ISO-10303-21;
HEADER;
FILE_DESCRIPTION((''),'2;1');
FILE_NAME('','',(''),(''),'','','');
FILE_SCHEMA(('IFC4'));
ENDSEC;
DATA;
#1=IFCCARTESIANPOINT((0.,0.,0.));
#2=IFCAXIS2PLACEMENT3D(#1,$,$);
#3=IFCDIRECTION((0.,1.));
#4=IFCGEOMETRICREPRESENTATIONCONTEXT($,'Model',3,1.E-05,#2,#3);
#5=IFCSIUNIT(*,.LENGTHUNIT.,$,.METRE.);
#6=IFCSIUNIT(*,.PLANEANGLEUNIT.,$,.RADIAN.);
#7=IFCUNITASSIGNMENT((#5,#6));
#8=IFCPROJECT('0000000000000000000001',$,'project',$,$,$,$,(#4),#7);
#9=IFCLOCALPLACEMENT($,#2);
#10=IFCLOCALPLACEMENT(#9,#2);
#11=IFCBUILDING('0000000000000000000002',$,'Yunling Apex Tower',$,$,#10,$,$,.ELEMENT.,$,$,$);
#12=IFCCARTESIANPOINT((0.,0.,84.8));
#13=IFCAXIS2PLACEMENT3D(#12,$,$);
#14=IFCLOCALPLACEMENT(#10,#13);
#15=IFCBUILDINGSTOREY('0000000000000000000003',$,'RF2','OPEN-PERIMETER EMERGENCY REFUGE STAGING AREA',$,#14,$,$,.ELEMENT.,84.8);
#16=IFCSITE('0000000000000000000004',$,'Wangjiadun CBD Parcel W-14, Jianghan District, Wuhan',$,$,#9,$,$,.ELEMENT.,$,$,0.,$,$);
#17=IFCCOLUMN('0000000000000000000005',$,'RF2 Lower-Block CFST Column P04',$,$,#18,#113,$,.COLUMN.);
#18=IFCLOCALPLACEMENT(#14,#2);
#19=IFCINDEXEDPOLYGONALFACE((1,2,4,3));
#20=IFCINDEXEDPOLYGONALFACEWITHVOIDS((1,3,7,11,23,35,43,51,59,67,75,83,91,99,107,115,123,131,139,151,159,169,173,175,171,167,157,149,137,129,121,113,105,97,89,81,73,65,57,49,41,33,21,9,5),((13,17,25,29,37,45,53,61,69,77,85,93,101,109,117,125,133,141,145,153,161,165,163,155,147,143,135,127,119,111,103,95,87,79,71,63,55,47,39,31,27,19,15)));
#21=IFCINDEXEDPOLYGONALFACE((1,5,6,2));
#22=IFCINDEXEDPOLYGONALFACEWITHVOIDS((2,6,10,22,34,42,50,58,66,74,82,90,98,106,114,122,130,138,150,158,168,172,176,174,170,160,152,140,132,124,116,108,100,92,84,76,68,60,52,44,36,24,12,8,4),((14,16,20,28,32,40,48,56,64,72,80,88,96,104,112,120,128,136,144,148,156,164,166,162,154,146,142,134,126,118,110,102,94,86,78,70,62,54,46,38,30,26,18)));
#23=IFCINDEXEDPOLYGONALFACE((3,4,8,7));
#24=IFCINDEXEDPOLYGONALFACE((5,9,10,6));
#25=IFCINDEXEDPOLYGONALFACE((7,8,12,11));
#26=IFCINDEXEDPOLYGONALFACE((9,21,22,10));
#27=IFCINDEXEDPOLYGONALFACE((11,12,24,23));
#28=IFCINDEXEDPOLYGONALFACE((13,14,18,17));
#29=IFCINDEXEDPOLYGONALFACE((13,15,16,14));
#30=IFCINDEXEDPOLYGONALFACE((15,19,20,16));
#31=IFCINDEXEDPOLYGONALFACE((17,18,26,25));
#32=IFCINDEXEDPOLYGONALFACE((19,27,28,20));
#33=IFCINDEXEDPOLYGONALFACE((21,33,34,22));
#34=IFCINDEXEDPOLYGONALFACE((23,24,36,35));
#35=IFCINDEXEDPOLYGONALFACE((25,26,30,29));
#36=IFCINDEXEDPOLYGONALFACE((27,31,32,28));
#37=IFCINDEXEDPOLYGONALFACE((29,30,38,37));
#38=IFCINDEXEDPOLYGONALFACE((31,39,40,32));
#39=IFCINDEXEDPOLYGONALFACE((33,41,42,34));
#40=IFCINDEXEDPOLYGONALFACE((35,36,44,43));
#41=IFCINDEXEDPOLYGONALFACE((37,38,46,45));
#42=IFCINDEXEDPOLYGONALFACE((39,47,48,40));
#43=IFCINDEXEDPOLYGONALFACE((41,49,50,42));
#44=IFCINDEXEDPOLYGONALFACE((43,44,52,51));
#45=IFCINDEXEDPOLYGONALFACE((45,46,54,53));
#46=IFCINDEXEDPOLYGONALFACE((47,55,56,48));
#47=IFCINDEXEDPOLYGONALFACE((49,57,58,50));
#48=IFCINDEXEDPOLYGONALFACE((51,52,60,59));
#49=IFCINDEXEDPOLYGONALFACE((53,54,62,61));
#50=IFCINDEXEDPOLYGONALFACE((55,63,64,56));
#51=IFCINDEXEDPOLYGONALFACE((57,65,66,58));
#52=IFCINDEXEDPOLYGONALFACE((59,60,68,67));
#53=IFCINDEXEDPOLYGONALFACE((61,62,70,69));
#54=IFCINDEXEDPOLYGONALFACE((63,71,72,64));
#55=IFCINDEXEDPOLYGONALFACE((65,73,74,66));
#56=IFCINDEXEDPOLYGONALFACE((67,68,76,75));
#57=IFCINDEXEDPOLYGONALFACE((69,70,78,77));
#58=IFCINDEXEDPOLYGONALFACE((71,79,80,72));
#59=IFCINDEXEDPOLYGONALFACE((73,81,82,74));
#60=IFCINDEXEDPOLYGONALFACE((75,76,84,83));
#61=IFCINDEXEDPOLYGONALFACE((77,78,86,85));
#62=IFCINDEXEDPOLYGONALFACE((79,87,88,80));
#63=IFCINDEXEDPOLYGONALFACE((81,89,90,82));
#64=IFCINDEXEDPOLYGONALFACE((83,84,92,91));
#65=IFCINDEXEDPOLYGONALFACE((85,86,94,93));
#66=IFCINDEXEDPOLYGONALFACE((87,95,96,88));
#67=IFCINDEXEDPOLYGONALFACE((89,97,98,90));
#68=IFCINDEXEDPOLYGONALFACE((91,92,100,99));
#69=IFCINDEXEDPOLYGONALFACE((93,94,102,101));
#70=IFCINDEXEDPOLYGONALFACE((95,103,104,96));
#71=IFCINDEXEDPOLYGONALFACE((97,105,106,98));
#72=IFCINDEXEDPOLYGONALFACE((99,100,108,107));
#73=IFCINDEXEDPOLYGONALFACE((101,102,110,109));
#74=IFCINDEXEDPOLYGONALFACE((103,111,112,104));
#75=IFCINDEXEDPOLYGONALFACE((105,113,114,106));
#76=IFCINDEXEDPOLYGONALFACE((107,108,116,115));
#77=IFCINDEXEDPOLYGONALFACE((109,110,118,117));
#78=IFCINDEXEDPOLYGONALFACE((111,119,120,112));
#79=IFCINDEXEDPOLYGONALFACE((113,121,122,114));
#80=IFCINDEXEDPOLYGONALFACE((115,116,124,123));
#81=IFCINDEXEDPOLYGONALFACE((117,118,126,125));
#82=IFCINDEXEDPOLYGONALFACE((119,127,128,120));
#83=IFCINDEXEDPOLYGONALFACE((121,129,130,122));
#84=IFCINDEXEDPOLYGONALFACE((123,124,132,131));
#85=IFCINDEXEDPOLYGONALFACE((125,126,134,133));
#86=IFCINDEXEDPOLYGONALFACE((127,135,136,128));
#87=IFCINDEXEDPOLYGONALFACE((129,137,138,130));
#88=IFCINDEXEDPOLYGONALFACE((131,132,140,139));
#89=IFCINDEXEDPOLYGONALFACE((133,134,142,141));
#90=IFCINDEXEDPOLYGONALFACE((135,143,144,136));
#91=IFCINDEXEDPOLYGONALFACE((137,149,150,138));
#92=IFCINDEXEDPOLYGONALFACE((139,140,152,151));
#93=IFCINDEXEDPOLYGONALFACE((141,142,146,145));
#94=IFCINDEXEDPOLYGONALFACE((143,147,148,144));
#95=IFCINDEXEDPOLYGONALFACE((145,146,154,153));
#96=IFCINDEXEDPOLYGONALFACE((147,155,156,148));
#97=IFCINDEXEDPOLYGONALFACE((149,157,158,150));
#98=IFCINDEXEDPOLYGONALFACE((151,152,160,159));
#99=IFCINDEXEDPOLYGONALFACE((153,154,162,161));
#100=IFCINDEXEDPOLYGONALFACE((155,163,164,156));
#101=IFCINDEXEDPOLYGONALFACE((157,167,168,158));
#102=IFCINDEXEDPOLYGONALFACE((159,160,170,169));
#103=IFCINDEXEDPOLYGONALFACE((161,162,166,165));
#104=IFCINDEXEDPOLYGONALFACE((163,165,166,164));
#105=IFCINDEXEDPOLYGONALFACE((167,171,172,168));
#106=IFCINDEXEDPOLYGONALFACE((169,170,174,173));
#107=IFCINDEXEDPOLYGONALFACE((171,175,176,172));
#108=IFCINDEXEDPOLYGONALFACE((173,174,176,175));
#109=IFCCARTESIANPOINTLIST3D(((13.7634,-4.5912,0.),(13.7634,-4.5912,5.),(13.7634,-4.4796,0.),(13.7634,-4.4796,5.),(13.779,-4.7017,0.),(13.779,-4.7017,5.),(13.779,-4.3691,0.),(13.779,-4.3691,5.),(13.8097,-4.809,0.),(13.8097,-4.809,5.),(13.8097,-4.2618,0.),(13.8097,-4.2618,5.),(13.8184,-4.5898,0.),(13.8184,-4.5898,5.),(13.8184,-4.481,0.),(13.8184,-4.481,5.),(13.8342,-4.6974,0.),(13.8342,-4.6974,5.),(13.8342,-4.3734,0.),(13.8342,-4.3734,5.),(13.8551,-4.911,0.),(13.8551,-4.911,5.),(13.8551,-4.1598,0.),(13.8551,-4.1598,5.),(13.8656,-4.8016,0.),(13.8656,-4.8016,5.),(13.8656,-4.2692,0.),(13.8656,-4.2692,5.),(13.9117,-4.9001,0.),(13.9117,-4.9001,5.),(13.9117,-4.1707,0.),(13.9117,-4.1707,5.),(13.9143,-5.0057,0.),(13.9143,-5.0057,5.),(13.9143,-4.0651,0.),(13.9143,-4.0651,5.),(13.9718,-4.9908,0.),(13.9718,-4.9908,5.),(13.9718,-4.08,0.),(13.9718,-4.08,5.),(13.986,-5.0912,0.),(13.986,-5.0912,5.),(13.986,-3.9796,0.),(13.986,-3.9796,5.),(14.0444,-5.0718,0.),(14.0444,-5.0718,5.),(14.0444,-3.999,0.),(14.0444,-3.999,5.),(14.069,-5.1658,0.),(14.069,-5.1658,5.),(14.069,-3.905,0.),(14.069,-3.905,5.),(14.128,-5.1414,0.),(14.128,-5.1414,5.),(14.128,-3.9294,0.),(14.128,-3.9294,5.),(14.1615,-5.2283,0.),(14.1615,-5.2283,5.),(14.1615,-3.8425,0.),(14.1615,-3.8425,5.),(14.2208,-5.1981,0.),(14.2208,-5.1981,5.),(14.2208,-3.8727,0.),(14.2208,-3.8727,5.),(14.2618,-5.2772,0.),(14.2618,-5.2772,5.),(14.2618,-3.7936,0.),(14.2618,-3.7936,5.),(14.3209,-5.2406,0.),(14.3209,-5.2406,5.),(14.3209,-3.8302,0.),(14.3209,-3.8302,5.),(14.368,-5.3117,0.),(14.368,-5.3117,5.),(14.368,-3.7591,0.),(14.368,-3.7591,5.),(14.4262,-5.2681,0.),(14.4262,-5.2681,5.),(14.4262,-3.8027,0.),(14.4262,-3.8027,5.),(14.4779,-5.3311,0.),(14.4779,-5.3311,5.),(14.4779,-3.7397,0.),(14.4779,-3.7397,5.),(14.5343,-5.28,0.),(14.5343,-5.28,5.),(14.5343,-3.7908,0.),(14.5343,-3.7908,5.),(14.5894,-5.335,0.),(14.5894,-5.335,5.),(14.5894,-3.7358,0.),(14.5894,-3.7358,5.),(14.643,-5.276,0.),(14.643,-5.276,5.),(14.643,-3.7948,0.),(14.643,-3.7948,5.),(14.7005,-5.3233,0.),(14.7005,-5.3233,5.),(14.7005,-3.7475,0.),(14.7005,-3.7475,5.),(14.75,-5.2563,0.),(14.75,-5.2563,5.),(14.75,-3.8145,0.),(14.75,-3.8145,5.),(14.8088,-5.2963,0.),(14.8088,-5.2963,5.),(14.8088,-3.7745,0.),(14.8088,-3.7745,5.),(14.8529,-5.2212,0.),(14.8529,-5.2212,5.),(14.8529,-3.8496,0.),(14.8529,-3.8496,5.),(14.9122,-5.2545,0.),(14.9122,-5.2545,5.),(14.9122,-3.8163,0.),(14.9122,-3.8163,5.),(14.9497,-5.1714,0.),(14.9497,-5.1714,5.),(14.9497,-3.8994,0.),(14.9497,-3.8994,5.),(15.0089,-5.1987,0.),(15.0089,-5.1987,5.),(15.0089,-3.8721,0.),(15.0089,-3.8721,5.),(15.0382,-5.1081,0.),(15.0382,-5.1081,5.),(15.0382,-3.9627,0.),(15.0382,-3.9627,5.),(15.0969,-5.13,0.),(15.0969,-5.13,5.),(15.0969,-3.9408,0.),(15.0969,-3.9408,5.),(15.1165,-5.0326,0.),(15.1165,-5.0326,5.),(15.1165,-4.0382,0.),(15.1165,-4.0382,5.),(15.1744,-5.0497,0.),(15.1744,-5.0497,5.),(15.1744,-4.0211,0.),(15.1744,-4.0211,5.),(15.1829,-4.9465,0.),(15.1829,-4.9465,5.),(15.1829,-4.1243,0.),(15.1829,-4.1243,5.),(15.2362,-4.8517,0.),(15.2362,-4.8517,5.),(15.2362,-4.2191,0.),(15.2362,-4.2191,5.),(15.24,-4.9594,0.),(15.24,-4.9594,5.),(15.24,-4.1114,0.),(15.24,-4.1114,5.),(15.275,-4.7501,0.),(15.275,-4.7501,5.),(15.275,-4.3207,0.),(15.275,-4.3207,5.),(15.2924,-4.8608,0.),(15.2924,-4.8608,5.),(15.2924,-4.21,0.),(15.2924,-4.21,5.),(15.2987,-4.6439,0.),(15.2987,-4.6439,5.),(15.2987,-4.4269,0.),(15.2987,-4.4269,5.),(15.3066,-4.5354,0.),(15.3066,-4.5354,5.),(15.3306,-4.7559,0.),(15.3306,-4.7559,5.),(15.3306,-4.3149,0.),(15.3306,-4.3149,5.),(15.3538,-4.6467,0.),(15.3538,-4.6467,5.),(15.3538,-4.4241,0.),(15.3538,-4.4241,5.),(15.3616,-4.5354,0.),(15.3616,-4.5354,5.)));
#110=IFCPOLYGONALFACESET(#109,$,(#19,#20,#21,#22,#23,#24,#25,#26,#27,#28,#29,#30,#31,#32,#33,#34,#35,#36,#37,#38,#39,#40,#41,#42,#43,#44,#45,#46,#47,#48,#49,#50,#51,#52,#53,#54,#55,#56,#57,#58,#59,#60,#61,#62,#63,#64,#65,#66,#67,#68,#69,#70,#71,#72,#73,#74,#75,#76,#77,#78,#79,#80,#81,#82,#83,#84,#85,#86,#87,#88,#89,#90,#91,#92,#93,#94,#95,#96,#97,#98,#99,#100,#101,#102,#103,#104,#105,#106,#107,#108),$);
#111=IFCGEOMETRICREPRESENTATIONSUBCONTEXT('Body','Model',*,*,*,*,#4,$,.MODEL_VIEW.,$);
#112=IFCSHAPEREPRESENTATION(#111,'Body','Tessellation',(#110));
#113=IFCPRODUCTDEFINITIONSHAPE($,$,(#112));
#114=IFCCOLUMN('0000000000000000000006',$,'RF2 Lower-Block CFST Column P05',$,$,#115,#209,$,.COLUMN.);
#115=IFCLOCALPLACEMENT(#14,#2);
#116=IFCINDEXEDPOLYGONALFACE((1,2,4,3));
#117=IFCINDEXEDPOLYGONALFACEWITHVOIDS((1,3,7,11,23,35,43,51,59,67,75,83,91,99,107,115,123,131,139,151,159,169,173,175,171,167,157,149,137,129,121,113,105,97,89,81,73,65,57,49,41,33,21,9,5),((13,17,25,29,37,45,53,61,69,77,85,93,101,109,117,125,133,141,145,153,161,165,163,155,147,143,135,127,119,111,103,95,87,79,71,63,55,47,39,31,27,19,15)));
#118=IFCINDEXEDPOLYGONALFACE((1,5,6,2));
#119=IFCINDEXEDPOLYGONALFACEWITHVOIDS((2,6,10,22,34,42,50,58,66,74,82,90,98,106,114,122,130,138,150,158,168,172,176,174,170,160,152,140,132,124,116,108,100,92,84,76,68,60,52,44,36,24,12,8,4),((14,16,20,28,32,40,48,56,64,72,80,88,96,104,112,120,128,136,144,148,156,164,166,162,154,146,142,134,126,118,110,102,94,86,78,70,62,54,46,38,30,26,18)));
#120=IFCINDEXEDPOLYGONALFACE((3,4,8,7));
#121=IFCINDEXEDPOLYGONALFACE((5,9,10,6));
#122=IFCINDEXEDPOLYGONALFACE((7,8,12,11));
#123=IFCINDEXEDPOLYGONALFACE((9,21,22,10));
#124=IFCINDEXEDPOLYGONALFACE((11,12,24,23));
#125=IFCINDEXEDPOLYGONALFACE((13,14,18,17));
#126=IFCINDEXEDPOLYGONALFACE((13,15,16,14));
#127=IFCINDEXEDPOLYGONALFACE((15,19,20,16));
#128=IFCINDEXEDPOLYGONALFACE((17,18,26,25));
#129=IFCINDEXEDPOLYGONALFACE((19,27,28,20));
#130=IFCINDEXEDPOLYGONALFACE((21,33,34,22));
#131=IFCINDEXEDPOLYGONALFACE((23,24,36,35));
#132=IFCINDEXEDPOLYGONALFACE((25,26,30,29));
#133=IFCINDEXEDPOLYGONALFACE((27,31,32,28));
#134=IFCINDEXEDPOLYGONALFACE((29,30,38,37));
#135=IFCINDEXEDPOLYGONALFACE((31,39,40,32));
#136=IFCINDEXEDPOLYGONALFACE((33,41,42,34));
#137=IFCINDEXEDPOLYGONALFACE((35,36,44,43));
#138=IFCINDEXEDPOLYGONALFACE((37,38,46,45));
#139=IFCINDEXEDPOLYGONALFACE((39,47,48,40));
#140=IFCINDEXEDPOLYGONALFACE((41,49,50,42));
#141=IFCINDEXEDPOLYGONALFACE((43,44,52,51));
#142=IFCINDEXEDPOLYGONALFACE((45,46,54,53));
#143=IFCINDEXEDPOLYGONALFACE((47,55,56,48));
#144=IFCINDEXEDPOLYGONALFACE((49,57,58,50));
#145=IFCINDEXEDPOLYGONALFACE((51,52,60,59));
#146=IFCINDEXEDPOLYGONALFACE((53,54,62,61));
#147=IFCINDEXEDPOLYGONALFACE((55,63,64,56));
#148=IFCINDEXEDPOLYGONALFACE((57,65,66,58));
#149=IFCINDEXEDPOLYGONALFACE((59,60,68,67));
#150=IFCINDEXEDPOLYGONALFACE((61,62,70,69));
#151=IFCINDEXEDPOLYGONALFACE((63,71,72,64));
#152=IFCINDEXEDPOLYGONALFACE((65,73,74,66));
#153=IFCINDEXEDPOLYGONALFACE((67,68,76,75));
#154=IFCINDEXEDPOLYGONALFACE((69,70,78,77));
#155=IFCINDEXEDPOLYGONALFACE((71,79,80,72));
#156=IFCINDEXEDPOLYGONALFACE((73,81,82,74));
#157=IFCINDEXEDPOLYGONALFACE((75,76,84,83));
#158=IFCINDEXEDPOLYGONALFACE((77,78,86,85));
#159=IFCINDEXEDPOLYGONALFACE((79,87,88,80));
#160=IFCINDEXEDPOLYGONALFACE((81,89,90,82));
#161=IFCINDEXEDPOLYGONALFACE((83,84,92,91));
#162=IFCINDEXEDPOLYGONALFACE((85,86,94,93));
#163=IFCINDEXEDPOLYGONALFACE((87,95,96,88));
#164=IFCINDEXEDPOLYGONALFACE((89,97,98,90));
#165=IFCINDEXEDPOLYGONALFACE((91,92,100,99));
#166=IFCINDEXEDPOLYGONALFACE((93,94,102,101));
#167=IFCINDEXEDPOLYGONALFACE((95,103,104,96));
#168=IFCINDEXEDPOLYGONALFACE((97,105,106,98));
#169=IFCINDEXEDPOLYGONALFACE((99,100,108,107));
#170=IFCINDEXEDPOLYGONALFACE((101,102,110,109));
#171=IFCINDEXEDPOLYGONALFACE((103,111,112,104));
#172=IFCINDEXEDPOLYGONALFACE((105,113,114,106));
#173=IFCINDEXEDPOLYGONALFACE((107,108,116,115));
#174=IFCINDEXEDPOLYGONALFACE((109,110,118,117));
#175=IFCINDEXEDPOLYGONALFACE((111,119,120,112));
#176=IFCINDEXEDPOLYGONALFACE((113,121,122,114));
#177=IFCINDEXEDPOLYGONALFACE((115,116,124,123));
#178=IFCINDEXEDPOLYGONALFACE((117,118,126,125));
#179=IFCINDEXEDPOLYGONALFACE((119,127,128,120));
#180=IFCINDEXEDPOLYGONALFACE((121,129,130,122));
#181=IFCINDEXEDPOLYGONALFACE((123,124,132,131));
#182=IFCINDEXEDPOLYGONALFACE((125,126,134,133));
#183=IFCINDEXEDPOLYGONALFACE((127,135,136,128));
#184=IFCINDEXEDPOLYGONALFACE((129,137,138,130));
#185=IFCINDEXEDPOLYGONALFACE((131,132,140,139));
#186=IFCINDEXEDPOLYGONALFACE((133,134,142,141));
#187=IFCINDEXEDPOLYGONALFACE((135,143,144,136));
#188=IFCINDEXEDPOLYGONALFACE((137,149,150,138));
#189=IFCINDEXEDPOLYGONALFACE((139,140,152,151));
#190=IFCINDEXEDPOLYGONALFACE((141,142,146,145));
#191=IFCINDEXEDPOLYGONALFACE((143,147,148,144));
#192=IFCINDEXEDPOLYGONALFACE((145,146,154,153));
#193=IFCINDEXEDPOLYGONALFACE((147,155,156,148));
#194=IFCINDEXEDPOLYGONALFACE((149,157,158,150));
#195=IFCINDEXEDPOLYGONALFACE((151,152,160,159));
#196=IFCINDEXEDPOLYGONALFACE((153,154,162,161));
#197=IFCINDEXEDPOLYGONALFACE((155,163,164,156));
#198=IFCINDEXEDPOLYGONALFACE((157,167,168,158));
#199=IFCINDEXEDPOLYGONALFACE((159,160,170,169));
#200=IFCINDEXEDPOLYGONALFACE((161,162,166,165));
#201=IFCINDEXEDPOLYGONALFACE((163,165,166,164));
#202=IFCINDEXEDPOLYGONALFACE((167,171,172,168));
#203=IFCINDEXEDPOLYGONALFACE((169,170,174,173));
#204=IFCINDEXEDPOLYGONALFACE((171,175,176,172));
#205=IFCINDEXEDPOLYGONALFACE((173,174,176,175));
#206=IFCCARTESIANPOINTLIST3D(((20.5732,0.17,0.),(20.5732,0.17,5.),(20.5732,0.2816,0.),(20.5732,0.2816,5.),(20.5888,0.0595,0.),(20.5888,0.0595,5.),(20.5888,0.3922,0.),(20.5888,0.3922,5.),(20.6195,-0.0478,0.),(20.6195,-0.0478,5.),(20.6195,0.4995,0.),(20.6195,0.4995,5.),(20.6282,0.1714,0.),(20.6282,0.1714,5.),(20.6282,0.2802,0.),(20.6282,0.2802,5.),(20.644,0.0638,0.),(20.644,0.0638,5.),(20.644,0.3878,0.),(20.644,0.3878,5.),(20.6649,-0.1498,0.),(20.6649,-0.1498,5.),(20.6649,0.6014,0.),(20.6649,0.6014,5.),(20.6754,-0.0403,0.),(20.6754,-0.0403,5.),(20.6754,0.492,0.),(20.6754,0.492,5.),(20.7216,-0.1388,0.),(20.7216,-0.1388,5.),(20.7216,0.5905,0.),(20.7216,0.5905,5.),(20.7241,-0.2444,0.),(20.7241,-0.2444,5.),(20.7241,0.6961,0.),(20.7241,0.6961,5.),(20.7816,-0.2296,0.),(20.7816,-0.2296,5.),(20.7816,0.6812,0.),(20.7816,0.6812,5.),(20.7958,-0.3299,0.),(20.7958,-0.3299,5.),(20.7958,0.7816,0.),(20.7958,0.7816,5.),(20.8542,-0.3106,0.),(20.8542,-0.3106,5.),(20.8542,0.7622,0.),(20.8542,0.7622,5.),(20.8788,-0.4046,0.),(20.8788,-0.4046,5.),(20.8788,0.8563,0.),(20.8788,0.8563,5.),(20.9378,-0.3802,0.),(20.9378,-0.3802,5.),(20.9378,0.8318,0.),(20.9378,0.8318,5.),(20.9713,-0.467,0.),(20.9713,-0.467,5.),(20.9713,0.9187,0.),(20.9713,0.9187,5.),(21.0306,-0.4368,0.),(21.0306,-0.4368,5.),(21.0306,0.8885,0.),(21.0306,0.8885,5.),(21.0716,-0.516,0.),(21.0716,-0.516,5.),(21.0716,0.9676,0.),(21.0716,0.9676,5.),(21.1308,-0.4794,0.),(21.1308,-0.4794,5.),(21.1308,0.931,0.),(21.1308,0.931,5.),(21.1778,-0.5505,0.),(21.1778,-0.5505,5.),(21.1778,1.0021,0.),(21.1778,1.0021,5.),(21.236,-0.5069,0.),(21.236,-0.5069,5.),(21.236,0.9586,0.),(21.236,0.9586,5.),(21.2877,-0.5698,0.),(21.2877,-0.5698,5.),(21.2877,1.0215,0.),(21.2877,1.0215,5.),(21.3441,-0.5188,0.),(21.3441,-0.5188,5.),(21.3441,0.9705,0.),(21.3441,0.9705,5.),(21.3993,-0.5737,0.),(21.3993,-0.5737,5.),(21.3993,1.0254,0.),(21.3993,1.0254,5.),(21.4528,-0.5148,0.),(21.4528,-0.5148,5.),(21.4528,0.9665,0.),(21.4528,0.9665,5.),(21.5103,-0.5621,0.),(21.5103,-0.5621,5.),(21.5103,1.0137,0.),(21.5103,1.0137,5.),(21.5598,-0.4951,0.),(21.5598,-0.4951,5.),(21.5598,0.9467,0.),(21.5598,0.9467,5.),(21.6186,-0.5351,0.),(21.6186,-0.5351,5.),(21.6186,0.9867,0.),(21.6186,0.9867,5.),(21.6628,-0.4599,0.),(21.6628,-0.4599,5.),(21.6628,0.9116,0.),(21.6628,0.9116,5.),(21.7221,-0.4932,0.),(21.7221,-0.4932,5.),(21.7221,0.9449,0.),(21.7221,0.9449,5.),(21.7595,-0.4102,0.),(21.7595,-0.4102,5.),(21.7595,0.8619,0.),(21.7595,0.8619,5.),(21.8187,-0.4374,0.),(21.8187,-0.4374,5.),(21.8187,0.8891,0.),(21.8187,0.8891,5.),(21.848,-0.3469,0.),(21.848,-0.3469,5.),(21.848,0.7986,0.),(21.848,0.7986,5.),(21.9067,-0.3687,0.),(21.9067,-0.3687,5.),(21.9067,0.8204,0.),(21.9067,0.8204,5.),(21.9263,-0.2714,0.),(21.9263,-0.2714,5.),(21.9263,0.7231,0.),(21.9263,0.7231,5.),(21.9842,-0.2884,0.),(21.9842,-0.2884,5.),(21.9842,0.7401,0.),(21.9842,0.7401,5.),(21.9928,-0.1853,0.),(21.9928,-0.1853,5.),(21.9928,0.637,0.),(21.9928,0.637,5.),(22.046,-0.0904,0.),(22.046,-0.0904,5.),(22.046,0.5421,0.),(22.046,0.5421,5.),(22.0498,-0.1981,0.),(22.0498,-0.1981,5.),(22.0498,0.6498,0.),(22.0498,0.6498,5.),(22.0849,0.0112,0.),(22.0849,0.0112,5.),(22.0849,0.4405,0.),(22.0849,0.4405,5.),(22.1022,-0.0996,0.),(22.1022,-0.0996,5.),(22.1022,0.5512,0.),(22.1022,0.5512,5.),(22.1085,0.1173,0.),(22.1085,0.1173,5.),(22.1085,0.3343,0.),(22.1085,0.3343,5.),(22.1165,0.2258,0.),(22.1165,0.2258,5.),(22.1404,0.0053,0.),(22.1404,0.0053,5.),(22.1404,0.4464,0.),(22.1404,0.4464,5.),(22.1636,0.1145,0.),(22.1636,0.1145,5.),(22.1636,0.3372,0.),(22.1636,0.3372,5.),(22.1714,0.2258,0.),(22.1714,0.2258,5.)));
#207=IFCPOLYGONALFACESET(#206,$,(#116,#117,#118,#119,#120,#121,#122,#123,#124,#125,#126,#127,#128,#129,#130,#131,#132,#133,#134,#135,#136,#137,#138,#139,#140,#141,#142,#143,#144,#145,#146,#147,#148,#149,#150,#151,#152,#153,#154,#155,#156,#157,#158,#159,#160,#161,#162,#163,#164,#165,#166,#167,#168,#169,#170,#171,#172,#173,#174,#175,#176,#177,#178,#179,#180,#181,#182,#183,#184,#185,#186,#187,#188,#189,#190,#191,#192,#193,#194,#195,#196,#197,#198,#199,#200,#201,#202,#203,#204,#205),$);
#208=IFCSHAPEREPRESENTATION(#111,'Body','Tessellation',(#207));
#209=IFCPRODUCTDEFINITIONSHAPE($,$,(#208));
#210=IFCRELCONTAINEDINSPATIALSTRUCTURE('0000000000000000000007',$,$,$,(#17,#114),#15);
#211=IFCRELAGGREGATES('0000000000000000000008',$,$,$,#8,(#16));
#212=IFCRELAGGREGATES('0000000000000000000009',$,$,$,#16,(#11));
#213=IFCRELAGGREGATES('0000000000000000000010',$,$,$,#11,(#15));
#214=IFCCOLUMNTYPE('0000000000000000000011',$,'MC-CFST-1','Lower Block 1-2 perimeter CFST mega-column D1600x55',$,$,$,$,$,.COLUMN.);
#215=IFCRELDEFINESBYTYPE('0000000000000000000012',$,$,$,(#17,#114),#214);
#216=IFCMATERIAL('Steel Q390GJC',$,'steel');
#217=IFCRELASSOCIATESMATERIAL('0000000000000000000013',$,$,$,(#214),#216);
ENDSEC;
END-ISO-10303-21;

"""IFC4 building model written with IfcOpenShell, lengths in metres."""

from ifc_helpers import new_model, si_unit, direction, frame, origin, origin_2d, place, context, subcontext, project, spatial, hollow_circle, extrude, source, transform, mapped, material, material_profile, profile_set, type_object, element, save


model = new_model("IFC4")

# Units and contexts
model_context = context("Model", 3, precision=1e-05, world=origin(), true_north=direction((0.0, 1.0)))
body_context = subcontext(model_context, "Body", "Model", "MODEL_VIEW")
ifc_project = project(units=[si_unit("LENGTHUNIT", "METRE"), si_unit("PLANEANGLEUNIT", "RADIAN")], contexts=[model_context])

# Site, building, storey
site_placement = place(None, origin())
site = spatial("IfcSite", under=ifc_project, at=site_placement, Name="Wangjiadun CBD Parcel W-14, Jianghan District, Wuhan", CompositionType="ELEMENT", RefElevation=0.0)
building_placement = place(site_placement, origin())
building = spatial("IfcBuilding", under=site, at=building_placement, Name="Yunling Apex Tower", CompositionType="ELEMENT")
storey_placement = place(building_placement, frame((0.0, 0.0, 84.8)))
storey = spatial("IfcBuildingStorey", under=building, at=storey_placement, Name="RF2", Description="OPEN-PERIMETER EMERGENCY REFUGE STAGING AREA", CompositionType="ELEMENT", Elevation=84.8)

# Columns
ifc_material_1 = material(Name="Steel Q390GJC", Category="steel")
ifc_material_profile_1 = material_profile(ifc_material_1, hollow_circle(Radius=0.8, WallThickness=0.0549, at=origin_2d()))
ifc_profile_set_1 = profile_set([ifc_material_profile_1], Name="Steel Q390GJC")
column_type_1 = type_object("IfcColumnType", Name="MC-CFST-1", Description="Lower Block 1-2 perimeter CFST mega-column D1600x55", PredefinedType="COLUMN", material=ifc_profile_set_1)
shared_shape_1 = source(origin(), body_context, "Body", "SweptSolid", [
    extrude(hollow_circle(Radius=0.8, WallThickness=0.0549, at=origin_2d()), origin(), (0.0, 0.0, 1.0), 5.0),
])
for number, where, z_axis, x_axis, name in (
    (1, (14.5615, -4.5354, 0.0), (0.0, 0.0, 1.0), (1.0, 0.0, 0.0), "RF2 Lower-Block CFST Column P04"),
    (2, (21.3713, 0.2258, 0.0), (0.0, 0.0, 1.0), (1.0, 0.0, 0.0), "RF2 Lower-Block CFST Column P05"),
):
    element("IfcColumn", number, at=place(storey_placement, frame(where, z_axis=z_axis, x_axis=x_axis)), inside=storey, type_object=column_type_1, Name=name, PredefinedType="COLUMN", context=body_context, shape_type="MappedRepresentation", body=[
        mapped(shared_shape_1, transform((0.0, 0.0, 0.0), scale=1.0)),
    ])

save(model, "model.ifc")
